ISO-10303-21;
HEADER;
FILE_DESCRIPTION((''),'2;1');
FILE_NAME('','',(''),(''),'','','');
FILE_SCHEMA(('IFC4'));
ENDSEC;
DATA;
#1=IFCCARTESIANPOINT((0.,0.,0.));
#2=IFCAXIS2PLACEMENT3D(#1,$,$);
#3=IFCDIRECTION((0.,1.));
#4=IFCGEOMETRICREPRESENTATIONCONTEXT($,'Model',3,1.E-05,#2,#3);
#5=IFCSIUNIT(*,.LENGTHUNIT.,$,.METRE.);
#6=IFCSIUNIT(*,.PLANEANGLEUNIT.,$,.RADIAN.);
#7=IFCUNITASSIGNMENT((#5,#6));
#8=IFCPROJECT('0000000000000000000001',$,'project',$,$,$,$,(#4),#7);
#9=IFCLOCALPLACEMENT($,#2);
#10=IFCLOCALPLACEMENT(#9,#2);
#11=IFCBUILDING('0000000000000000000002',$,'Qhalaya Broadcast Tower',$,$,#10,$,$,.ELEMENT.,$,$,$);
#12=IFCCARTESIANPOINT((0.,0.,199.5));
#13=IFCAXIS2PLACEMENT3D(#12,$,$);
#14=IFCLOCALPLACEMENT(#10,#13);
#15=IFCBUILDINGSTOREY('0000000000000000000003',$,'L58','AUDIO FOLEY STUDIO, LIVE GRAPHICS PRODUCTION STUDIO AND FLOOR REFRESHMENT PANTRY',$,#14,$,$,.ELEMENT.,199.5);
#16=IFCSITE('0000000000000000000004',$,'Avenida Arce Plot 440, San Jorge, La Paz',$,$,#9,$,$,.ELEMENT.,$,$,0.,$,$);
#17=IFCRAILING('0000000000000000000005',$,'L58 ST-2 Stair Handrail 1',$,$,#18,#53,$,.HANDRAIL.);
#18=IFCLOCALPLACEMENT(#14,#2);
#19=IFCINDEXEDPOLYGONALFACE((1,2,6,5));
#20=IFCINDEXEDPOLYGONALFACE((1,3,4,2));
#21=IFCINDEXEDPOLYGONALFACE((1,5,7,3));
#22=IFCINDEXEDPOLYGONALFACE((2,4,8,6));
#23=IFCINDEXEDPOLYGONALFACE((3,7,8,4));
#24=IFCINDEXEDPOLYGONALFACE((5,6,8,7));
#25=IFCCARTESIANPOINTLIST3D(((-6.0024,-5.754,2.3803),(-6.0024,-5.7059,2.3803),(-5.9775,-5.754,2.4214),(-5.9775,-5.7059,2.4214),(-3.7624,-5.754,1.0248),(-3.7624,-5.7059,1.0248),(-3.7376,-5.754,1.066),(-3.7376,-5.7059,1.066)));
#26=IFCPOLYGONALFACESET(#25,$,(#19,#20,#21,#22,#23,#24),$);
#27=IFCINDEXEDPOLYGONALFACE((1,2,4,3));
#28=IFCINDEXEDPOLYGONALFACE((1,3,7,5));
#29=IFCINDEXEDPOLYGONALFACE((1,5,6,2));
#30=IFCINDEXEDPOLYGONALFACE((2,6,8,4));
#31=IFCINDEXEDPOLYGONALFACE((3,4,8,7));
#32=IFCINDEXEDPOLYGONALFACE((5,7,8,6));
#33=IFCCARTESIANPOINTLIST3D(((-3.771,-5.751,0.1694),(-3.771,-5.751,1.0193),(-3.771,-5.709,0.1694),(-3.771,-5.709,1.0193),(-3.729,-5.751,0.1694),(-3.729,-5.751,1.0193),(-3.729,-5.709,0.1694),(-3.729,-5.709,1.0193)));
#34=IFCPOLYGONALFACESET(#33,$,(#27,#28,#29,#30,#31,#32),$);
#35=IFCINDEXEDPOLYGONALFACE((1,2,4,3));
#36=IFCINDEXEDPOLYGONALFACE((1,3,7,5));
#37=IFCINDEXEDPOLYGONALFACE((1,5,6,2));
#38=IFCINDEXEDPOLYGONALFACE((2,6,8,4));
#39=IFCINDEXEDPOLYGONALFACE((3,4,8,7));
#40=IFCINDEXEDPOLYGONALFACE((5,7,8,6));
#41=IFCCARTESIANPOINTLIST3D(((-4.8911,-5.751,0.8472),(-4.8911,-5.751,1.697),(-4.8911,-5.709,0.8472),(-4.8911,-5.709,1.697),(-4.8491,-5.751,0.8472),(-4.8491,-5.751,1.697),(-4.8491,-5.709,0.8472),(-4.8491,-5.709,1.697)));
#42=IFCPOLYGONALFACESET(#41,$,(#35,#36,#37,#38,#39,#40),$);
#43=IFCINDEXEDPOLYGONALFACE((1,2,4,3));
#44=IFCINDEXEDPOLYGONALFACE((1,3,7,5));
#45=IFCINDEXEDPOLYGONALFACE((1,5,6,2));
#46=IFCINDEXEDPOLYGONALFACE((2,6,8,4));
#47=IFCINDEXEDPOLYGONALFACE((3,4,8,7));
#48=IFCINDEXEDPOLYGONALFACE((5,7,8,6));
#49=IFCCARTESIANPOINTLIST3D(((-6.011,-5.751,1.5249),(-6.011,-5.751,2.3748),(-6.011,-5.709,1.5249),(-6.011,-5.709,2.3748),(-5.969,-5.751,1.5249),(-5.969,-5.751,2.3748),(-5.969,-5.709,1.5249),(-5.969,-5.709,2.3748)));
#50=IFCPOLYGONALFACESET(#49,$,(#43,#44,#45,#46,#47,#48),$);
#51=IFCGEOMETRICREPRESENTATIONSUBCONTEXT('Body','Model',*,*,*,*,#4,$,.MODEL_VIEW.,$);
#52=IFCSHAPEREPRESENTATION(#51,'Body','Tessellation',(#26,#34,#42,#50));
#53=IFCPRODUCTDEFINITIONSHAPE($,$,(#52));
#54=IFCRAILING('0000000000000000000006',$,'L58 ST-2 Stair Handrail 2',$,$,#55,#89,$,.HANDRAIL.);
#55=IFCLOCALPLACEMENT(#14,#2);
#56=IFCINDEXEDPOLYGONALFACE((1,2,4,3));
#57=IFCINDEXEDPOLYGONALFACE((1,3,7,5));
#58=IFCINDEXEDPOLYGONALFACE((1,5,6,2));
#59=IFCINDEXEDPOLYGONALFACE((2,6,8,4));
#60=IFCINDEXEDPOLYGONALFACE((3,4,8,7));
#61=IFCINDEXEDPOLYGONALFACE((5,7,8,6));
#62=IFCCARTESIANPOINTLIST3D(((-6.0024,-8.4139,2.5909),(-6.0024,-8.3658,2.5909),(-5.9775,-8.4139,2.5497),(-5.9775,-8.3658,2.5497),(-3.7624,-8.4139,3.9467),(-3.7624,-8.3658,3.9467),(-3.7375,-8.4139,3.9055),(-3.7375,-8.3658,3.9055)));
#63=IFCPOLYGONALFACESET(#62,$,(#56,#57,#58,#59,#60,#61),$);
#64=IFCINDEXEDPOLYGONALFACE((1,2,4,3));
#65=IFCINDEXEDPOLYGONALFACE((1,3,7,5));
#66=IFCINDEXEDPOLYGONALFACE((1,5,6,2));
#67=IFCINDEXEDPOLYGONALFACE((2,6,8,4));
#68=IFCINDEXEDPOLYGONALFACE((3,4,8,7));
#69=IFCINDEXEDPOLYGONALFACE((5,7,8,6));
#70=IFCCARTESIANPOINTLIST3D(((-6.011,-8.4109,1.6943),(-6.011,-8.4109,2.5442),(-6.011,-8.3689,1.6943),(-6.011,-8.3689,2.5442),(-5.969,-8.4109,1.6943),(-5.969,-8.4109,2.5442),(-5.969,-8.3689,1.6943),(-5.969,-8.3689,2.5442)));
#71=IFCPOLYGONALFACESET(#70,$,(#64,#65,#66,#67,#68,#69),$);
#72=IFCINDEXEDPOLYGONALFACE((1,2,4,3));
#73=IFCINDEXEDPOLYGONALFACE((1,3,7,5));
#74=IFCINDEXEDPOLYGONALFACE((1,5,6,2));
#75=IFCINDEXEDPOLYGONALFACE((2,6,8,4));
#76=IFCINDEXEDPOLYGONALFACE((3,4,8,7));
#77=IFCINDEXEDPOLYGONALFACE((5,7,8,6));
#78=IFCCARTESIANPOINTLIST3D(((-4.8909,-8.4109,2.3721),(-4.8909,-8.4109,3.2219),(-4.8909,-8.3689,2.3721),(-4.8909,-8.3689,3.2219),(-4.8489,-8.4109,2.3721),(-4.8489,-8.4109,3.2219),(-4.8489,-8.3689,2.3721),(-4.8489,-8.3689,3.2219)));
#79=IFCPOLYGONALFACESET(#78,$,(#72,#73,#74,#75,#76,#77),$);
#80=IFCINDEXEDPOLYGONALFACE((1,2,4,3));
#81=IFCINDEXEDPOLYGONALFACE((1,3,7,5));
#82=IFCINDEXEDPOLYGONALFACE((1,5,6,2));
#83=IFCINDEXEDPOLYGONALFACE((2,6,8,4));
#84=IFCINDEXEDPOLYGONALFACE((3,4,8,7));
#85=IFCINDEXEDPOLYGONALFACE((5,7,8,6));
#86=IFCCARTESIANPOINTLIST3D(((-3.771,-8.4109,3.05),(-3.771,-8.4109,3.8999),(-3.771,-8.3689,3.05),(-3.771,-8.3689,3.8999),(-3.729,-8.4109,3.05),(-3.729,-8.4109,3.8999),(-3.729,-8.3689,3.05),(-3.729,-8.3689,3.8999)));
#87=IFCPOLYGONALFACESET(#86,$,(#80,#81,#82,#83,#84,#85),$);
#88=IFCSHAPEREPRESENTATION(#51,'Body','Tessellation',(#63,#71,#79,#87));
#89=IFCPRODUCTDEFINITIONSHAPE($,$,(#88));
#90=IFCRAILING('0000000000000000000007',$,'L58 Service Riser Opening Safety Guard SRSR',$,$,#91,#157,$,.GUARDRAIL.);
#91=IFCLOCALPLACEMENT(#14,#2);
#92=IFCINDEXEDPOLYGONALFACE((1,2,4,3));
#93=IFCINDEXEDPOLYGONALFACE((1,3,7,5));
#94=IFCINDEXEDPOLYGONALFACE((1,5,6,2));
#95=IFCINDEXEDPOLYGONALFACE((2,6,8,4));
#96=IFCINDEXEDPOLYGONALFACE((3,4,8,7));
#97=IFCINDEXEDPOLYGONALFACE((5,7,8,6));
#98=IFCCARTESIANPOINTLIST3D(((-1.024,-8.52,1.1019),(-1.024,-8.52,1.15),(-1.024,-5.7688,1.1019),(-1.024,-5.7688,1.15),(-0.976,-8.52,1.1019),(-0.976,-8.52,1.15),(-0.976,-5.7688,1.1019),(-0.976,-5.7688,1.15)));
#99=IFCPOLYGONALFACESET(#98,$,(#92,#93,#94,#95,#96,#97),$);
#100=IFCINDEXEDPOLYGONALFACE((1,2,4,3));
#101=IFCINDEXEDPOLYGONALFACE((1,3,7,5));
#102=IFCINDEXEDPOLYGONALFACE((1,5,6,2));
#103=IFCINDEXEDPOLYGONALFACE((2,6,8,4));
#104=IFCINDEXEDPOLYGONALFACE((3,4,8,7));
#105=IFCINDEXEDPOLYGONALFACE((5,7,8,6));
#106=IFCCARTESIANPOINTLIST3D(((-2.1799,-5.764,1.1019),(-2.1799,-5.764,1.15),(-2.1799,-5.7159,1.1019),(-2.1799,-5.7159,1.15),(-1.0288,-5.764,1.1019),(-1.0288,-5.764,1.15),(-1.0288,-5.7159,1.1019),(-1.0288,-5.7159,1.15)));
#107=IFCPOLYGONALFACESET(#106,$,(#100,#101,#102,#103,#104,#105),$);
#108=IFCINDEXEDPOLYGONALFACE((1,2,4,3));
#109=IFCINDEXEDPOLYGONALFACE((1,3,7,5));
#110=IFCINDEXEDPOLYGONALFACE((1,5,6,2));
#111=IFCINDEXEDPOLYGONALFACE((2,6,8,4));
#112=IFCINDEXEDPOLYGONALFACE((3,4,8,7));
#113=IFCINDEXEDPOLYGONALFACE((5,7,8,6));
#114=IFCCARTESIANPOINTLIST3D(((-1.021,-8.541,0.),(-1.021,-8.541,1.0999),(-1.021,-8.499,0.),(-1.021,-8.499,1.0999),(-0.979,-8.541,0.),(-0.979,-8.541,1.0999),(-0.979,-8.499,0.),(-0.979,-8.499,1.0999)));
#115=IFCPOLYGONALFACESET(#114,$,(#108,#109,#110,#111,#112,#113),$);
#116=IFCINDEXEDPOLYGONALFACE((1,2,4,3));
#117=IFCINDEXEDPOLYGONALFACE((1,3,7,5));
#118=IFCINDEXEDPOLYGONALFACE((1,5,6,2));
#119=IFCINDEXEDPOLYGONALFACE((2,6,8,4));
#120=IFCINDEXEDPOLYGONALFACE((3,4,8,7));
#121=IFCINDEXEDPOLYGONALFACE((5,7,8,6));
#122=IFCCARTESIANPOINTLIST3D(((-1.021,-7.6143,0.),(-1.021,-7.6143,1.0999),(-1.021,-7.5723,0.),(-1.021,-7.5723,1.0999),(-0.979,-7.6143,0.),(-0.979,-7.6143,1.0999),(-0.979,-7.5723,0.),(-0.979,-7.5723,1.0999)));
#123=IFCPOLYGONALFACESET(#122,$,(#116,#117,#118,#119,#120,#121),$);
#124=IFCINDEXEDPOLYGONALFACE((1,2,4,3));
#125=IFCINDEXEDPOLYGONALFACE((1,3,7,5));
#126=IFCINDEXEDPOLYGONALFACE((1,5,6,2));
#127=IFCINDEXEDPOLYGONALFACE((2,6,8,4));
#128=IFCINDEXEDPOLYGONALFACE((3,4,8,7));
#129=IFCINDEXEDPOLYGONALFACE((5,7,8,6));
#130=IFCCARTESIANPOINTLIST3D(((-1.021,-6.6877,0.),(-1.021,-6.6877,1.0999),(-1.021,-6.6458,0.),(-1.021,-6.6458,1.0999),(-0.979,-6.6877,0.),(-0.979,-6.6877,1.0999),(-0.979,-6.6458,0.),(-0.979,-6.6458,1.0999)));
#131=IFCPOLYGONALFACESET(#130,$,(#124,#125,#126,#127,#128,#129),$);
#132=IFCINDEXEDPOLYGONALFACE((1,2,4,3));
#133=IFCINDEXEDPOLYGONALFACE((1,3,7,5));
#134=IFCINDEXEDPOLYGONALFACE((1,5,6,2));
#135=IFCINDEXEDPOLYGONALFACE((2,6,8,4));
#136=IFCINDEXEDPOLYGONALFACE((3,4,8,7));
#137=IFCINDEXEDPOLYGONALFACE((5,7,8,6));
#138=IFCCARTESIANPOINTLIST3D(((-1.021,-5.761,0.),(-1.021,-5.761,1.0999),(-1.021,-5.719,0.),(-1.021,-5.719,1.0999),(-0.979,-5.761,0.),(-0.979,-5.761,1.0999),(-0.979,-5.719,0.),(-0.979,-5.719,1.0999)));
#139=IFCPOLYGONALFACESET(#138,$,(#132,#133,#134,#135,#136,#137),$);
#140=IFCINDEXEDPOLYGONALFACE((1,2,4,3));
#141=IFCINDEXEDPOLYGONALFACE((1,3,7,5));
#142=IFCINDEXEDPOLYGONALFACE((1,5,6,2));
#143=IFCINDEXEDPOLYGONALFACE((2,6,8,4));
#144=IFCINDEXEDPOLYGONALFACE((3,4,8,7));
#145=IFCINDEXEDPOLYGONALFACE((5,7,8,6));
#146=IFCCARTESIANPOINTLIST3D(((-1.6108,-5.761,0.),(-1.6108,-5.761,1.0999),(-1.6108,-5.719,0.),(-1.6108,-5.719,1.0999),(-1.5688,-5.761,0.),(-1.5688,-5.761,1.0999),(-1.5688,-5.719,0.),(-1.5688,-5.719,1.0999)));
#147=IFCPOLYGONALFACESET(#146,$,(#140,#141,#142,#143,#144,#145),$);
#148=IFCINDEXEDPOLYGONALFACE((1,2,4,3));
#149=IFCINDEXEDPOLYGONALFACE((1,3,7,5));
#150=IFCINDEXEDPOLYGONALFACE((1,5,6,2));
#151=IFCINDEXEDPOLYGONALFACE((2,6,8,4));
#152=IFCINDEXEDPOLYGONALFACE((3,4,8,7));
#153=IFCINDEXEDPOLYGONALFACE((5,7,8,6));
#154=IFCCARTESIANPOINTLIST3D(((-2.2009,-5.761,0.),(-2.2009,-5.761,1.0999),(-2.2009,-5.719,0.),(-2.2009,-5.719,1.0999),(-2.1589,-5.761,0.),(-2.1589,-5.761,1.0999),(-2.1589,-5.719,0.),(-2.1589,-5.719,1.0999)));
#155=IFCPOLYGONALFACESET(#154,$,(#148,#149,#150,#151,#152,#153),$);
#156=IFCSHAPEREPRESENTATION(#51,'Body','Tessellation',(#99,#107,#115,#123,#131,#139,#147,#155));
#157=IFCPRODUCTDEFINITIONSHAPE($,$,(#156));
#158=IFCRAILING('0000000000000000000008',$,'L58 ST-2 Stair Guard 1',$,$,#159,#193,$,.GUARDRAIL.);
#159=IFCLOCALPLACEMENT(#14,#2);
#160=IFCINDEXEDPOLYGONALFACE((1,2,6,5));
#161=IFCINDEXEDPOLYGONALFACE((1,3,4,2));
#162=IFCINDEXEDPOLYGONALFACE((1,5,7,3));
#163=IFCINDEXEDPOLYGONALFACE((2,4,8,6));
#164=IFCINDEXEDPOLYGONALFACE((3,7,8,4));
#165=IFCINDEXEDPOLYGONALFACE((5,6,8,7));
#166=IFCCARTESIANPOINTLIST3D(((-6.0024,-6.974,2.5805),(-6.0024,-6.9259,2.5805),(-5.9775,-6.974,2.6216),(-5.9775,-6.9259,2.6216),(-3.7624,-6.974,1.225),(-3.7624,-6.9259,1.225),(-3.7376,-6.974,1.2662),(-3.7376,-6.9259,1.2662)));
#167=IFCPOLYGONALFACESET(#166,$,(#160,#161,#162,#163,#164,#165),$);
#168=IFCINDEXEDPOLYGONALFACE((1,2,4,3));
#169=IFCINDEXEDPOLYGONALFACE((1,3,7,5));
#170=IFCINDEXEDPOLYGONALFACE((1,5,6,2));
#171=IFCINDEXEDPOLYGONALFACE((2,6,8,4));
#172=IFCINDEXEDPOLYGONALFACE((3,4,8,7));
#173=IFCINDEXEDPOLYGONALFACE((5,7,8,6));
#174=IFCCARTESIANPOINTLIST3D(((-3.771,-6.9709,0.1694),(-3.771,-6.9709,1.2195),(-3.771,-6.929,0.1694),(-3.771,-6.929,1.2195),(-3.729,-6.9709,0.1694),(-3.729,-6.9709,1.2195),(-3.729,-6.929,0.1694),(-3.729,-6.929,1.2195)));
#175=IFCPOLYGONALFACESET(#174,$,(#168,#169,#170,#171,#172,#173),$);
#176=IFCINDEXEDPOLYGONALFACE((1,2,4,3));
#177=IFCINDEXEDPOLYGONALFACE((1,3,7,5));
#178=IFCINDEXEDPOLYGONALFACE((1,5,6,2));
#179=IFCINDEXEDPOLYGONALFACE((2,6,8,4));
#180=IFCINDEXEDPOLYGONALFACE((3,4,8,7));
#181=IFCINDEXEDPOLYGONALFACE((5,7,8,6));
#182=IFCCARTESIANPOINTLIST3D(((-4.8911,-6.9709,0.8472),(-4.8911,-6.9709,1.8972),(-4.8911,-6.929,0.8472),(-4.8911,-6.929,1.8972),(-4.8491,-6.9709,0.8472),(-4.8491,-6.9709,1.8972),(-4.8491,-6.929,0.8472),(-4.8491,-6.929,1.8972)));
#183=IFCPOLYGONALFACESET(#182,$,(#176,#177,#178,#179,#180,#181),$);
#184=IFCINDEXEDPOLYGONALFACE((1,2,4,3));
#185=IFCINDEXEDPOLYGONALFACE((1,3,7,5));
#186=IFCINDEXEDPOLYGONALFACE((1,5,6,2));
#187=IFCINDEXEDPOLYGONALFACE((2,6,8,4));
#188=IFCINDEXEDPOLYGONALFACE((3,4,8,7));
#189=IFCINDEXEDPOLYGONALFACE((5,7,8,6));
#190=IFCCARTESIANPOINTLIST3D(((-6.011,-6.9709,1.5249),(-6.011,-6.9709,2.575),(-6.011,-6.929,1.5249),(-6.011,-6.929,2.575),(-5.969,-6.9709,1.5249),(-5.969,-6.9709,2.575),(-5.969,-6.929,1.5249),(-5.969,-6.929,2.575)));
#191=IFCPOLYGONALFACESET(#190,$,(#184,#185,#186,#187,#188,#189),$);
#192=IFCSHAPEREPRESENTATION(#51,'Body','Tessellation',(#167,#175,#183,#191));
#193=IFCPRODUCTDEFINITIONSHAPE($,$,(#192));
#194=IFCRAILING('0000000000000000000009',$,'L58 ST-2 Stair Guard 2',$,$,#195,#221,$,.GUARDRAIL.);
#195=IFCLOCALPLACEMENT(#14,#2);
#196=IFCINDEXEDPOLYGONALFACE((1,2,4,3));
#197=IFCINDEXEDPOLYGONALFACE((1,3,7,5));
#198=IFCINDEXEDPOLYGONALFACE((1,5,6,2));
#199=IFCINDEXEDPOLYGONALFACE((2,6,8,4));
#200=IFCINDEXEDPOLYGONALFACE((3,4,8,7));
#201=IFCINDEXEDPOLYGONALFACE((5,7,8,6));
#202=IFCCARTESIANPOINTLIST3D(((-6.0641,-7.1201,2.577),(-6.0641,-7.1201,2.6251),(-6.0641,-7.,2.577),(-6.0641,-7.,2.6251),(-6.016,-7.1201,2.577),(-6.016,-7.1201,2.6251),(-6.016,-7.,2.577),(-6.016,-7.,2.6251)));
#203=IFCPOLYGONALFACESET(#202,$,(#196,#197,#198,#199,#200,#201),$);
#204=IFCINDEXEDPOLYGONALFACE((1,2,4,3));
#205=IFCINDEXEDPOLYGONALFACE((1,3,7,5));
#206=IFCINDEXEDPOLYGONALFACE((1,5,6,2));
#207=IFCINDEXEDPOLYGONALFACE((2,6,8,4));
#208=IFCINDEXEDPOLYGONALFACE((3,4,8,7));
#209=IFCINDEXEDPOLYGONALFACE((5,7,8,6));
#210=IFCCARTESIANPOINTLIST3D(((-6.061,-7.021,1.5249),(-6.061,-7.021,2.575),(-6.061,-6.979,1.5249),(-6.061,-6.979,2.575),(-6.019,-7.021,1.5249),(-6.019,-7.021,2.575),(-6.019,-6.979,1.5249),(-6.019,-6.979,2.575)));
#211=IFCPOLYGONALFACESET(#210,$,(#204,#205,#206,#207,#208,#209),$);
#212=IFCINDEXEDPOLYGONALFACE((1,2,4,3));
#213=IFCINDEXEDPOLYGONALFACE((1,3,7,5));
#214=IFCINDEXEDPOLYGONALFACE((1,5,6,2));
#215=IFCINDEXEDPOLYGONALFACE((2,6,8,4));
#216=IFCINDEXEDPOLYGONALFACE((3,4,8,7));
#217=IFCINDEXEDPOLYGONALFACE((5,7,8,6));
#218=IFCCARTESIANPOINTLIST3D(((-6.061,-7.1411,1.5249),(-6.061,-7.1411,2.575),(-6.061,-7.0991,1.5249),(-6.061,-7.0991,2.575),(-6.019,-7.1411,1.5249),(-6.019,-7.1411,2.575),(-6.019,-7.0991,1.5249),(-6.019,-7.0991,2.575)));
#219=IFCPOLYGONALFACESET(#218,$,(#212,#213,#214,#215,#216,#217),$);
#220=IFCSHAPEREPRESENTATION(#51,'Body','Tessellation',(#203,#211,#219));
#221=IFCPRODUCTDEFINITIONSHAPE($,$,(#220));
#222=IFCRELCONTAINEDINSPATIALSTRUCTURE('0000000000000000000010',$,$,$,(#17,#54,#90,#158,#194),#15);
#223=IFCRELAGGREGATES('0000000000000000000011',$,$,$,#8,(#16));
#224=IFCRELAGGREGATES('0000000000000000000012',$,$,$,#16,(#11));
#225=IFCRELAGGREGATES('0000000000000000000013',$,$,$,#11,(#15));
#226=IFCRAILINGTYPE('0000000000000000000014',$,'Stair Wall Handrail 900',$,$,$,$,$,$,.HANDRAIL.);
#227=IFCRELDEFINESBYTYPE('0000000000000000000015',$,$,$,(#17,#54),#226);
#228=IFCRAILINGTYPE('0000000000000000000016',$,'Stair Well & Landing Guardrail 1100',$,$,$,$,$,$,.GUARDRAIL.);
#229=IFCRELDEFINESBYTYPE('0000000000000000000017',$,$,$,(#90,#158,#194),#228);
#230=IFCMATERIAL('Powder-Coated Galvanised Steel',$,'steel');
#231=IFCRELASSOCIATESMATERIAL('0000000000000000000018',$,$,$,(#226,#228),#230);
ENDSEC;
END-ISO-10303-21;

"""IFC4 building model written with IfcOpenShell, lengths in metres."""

from ifc_helpers import new_model, si_unit, direction, frame, origin, origin_2d, place, context, subcontext, project, spatial, rectangle, extrude, material, type_object, element, save


model = new_model("IFC4")

# Units and contexts
model_context = context("Model", 3, precision=1e-05, world=origin(), true_north=direction((0.0, 1.0)))
body_context = subcontext(model_context, "Body", "Model", "MODEL_VIEW")
ifc_project = project(units=[si_unit("LENGTHUNIT", "METRE"), si_unit("PLANEANGLEUNIT", "RADIAN")], contexts=[model_context])

# Site, building, storey
site_placement = place(None, origin())
site = spatial("IfcSite", under=ifc_project, at=site_placement, Name="Avenida Arce Plot 440, San Jorge, La Paz", CompositionType="ELEMENT", RefElevation=0.0)
building_placement = place(site_placement, origin())
building = spatial("IfcBuilding", under=site, at=building_placement, Name="Qhalaya Broadcast Tower", CompositionType="ELEMENT")
storey_placement = place(building_placement, frame((0.0, 0.0, 199.5)))
storey = spatial("IfcBuildingStorey", under=building, at=storey_placement, Name="L58", Description="AUDIO FOLEY STUDIO, LIVE GRAPHICS PRODUCTION STUDIO AND FLOOR REFRESHMENT PANTRY", CompositionType="ELEMENT", Elevation=199.5)

# Railings
ifc_material_1 = material(Name="Powder-Coated Galvanised Steel", Category="steel")
railing_type_1 = type_object("IfcRailingType", Name="Stair Wall Handrail 900", PredefinedType="HANDRAIL", material=ifc_material_1)
railing_1_placement = place(storey_placement, frame((-3.75, -5.73, 0.1694)))
element("IfcRailing", 1, at=railing_1_placement, inside=storey, type_object=railing_type_1, Name="L58 ST-2 Stair Handrail 1", PredefinedType="HANDRAIL", context=body_context, shape_type="SweptSolid", body=[
    extrude(rectangle(XDim=0.0481, YDim=0.0481, at=origin_2d()), frame((0.0, 0.0, 0.876), z_axis=(-0.855553, 0.0, 0.517715), x_axis=(0.0, -1.0, 0.0)), (0.0, 0.0, 1.0), 2.6182),
    extrude(rectangle(XDim=0.042, YDim=0.042, at=origin_2d()), origin(), (0.0, 0.0, 1.0), 0.8499),
    extrude(rectangle(XDim=0.042, YDim=0.042, at=origin_2d()), frame((-1.1201, 0.0, 0.6777)), (0.0, 0.0, 1.0), 0.8499),
    extrude(rectangle(XDim=0.042, YDim=0.042, at=origin_2d()), frame((-2.24, 0.0, 1.3555)), (0.0, 0.0, 1.0), 0.8499),
])
railing_2_placement = place(storey_placement, frame((-5.99, -8.3899, 1.6943)))
element("IfcRailing", 2, at=railing_2_placement, inside=storey, type_object=railing_type_1, Name="L58 ST-2 Stair Handrail 2", PredefinedType="HANDRAIL", context=body_context, shape_type="SweptSolid", body=[
    extrude(rectangle(XDim=0.0481, YDim=0.0481, at=origin_2d()), frame((0.0, 0.0, 0.876), z_axis=(0.855512, 0.0, 0.517783), x_axis=(0.0, 1.0, 0.0)), (0.0, 0.0, 1.0), 2.6184),
    extrude(rectangle(XDim=0.042, YDim=0.042, at=origin_2d()), origin(), (0.0, 0.0, 1.0), 0.8499),
    extrude(rectangle(XDim=0.042, YDim=0.042, at=origin_2d()), frame((1.1201, 0.0, 0.6777)), (0.0, 0.0, 1.0), 0.8499),
    extrude(rectangle(XDim=0.042, YDim=0.042, at=origin_2d()), frame((2.24, 0.0, 1.3557)), (0.0, 0.0, 1.0), 0.8499),
])
railing_type_2 = type_object("IfcRailingType", Name="Stair Well & Landing Guardrail 1100", PredefinedType="GUARDRAIL", material=ifc_material_1)
railing_3_placement = place(storey_placement, frame((-1.0, -8.52, 0.0)))
element("IfcRailing", 3, at=railing_3_placement, inside=storey, type_object=railing_type_2, Name="L58 Service Riser Opening Safety Guard SRSR", PredefinedType="GUARDRAIL", context=body_context, shape_type="SweptSolid", body=[
    extrude(rectangle(XDim=0.0481, YDim=0.0481, at=origin_2d()), frame((0.0, 0.0, 1.126), z_axis=(0.0, 1.0, 0.0), x_axis=(-1.0, 0.0, 0.0)), (0.0, 0.0, 1.0), 2.7512),
    extrude(rectangle(XDim=0.0481, YDim=0.0481, at=origin_2d()), frame((-0.0288, 2.78, 1.126), z_axis=(-1.0, 0.0, 0.0), x_axis=(0.0, -1.0, 0.0)), (0.0, 0.0, 1.0), 1.1511),
    extrude(rectangle(XDim=0.042, YDim=0.042, at=origin_2d()), origin(), (0.0, 0.0, 1.0), 1.0999),
    extrude(rectangle(XDim=0.042, YDim=0.042, at=origin_2d()), frame((0.0, 0.9268, 0.0)), (0.0, 0.0, 1.0), 1.0999),
    extrude(rectangle(XDim=0.042, YDim=0.042, at=origin_2d()), frame((0.0, 1.8533, 0.0)), (0.0, 0.0, 1.0), 1.0999),
    extrude(rectangle(XDim=0.042, YDim=0.042, at=origin_2d()), frame((0.0, 2.78, 0.0)), (0.0, 0.0, 1.0), 1.0999),
    extrude(rectangle(XDim=0.042, YDim=0.042, at=origin_2d()), frame((-0.5898, 2.78, 0.0)), (0.0, 0.0, 1.0), 1.0999),
    extrude(rectangle(XDim=0.042, YDim=0.042, at=origin_2d()), frame((-1.1799, 2.78, 0.0)), (0.0, 0.0, 1.0), 1.0999),
])
railing_4_placement = place(storey_placement, frame((-3.75, -6.95, 0.1694)))
element("IfcRailing", 4, at=railing_4_placement, inside=storey, type_object=railing_type_2, Name="L58 ST-2 Stair Guard 1", PredefinedType="GUARDRAIL", context=body_context, shape_type="SweptSolid", body=[
    extrude(rectangle(XDim=0.0481, YDim=0.0481, at=origin_2d()), frame((0.0, 0.0, 1.0762), z_axis=(-0.855553, 0.0, 0.517715), x_axis=(0.0, -1.0, 0.0)), (0.0, 0.0, 1.0), 2.6182),
    extrude(rectangle(XDim=0.042, YDim=0.042, at=origin_2d()), origin(), (0.0, 0.0, 1.0), 1.05),
    extrude(rectangle(XDim=0.042, YDim=0.042, at=origin_2d()), frame((-1.1201, 0.0, 0.6777)), (0.0, 0.0, 1.0), 1.05),
    extrude(rectangle(XDim=0.042, YDim=0.042, at=origin_2d()), frame((-2.24, 0.0, 1.3555)), (0.0, 0.0, 1.0), 1.05),
])
railing_5_placement = place(storey_placement, frame((-6.04, -7.0, 1.5249)))
element("IfcRailing", 5, at=railing_5_placement, inside=storey, type_object=railing_type_2, Name="L58 ST-2 Stair Guard 2", PredefinedType="GUARDRAIL", context=body_context, shape_type="SweptSolid", body=[
    extrude(rectangle(XDim=0.0481, YDim=0.0481, at=origin_2d()), frame((0.0, 0.0, 1.0762), z_axis=(0.0, -1.0, 0.0), x_axis=(1.0, 0.0, 0.0)), (0.0, 0.0, 1.0), 0.1201),
    extrude(rectangle(XDim=0.042, YDim=0.042, at=origin_2d()), origin(), (0.0, 0.0, 1.0), 1.05),
    extrude(rectangle(XDim=0.042, YDim=0.042, at=origin_2d()), frame((0.0, -0.1201, 0.0)), (0.0, 0.0, 1.0), 1.05),
])

save(model, "model.ifc")
